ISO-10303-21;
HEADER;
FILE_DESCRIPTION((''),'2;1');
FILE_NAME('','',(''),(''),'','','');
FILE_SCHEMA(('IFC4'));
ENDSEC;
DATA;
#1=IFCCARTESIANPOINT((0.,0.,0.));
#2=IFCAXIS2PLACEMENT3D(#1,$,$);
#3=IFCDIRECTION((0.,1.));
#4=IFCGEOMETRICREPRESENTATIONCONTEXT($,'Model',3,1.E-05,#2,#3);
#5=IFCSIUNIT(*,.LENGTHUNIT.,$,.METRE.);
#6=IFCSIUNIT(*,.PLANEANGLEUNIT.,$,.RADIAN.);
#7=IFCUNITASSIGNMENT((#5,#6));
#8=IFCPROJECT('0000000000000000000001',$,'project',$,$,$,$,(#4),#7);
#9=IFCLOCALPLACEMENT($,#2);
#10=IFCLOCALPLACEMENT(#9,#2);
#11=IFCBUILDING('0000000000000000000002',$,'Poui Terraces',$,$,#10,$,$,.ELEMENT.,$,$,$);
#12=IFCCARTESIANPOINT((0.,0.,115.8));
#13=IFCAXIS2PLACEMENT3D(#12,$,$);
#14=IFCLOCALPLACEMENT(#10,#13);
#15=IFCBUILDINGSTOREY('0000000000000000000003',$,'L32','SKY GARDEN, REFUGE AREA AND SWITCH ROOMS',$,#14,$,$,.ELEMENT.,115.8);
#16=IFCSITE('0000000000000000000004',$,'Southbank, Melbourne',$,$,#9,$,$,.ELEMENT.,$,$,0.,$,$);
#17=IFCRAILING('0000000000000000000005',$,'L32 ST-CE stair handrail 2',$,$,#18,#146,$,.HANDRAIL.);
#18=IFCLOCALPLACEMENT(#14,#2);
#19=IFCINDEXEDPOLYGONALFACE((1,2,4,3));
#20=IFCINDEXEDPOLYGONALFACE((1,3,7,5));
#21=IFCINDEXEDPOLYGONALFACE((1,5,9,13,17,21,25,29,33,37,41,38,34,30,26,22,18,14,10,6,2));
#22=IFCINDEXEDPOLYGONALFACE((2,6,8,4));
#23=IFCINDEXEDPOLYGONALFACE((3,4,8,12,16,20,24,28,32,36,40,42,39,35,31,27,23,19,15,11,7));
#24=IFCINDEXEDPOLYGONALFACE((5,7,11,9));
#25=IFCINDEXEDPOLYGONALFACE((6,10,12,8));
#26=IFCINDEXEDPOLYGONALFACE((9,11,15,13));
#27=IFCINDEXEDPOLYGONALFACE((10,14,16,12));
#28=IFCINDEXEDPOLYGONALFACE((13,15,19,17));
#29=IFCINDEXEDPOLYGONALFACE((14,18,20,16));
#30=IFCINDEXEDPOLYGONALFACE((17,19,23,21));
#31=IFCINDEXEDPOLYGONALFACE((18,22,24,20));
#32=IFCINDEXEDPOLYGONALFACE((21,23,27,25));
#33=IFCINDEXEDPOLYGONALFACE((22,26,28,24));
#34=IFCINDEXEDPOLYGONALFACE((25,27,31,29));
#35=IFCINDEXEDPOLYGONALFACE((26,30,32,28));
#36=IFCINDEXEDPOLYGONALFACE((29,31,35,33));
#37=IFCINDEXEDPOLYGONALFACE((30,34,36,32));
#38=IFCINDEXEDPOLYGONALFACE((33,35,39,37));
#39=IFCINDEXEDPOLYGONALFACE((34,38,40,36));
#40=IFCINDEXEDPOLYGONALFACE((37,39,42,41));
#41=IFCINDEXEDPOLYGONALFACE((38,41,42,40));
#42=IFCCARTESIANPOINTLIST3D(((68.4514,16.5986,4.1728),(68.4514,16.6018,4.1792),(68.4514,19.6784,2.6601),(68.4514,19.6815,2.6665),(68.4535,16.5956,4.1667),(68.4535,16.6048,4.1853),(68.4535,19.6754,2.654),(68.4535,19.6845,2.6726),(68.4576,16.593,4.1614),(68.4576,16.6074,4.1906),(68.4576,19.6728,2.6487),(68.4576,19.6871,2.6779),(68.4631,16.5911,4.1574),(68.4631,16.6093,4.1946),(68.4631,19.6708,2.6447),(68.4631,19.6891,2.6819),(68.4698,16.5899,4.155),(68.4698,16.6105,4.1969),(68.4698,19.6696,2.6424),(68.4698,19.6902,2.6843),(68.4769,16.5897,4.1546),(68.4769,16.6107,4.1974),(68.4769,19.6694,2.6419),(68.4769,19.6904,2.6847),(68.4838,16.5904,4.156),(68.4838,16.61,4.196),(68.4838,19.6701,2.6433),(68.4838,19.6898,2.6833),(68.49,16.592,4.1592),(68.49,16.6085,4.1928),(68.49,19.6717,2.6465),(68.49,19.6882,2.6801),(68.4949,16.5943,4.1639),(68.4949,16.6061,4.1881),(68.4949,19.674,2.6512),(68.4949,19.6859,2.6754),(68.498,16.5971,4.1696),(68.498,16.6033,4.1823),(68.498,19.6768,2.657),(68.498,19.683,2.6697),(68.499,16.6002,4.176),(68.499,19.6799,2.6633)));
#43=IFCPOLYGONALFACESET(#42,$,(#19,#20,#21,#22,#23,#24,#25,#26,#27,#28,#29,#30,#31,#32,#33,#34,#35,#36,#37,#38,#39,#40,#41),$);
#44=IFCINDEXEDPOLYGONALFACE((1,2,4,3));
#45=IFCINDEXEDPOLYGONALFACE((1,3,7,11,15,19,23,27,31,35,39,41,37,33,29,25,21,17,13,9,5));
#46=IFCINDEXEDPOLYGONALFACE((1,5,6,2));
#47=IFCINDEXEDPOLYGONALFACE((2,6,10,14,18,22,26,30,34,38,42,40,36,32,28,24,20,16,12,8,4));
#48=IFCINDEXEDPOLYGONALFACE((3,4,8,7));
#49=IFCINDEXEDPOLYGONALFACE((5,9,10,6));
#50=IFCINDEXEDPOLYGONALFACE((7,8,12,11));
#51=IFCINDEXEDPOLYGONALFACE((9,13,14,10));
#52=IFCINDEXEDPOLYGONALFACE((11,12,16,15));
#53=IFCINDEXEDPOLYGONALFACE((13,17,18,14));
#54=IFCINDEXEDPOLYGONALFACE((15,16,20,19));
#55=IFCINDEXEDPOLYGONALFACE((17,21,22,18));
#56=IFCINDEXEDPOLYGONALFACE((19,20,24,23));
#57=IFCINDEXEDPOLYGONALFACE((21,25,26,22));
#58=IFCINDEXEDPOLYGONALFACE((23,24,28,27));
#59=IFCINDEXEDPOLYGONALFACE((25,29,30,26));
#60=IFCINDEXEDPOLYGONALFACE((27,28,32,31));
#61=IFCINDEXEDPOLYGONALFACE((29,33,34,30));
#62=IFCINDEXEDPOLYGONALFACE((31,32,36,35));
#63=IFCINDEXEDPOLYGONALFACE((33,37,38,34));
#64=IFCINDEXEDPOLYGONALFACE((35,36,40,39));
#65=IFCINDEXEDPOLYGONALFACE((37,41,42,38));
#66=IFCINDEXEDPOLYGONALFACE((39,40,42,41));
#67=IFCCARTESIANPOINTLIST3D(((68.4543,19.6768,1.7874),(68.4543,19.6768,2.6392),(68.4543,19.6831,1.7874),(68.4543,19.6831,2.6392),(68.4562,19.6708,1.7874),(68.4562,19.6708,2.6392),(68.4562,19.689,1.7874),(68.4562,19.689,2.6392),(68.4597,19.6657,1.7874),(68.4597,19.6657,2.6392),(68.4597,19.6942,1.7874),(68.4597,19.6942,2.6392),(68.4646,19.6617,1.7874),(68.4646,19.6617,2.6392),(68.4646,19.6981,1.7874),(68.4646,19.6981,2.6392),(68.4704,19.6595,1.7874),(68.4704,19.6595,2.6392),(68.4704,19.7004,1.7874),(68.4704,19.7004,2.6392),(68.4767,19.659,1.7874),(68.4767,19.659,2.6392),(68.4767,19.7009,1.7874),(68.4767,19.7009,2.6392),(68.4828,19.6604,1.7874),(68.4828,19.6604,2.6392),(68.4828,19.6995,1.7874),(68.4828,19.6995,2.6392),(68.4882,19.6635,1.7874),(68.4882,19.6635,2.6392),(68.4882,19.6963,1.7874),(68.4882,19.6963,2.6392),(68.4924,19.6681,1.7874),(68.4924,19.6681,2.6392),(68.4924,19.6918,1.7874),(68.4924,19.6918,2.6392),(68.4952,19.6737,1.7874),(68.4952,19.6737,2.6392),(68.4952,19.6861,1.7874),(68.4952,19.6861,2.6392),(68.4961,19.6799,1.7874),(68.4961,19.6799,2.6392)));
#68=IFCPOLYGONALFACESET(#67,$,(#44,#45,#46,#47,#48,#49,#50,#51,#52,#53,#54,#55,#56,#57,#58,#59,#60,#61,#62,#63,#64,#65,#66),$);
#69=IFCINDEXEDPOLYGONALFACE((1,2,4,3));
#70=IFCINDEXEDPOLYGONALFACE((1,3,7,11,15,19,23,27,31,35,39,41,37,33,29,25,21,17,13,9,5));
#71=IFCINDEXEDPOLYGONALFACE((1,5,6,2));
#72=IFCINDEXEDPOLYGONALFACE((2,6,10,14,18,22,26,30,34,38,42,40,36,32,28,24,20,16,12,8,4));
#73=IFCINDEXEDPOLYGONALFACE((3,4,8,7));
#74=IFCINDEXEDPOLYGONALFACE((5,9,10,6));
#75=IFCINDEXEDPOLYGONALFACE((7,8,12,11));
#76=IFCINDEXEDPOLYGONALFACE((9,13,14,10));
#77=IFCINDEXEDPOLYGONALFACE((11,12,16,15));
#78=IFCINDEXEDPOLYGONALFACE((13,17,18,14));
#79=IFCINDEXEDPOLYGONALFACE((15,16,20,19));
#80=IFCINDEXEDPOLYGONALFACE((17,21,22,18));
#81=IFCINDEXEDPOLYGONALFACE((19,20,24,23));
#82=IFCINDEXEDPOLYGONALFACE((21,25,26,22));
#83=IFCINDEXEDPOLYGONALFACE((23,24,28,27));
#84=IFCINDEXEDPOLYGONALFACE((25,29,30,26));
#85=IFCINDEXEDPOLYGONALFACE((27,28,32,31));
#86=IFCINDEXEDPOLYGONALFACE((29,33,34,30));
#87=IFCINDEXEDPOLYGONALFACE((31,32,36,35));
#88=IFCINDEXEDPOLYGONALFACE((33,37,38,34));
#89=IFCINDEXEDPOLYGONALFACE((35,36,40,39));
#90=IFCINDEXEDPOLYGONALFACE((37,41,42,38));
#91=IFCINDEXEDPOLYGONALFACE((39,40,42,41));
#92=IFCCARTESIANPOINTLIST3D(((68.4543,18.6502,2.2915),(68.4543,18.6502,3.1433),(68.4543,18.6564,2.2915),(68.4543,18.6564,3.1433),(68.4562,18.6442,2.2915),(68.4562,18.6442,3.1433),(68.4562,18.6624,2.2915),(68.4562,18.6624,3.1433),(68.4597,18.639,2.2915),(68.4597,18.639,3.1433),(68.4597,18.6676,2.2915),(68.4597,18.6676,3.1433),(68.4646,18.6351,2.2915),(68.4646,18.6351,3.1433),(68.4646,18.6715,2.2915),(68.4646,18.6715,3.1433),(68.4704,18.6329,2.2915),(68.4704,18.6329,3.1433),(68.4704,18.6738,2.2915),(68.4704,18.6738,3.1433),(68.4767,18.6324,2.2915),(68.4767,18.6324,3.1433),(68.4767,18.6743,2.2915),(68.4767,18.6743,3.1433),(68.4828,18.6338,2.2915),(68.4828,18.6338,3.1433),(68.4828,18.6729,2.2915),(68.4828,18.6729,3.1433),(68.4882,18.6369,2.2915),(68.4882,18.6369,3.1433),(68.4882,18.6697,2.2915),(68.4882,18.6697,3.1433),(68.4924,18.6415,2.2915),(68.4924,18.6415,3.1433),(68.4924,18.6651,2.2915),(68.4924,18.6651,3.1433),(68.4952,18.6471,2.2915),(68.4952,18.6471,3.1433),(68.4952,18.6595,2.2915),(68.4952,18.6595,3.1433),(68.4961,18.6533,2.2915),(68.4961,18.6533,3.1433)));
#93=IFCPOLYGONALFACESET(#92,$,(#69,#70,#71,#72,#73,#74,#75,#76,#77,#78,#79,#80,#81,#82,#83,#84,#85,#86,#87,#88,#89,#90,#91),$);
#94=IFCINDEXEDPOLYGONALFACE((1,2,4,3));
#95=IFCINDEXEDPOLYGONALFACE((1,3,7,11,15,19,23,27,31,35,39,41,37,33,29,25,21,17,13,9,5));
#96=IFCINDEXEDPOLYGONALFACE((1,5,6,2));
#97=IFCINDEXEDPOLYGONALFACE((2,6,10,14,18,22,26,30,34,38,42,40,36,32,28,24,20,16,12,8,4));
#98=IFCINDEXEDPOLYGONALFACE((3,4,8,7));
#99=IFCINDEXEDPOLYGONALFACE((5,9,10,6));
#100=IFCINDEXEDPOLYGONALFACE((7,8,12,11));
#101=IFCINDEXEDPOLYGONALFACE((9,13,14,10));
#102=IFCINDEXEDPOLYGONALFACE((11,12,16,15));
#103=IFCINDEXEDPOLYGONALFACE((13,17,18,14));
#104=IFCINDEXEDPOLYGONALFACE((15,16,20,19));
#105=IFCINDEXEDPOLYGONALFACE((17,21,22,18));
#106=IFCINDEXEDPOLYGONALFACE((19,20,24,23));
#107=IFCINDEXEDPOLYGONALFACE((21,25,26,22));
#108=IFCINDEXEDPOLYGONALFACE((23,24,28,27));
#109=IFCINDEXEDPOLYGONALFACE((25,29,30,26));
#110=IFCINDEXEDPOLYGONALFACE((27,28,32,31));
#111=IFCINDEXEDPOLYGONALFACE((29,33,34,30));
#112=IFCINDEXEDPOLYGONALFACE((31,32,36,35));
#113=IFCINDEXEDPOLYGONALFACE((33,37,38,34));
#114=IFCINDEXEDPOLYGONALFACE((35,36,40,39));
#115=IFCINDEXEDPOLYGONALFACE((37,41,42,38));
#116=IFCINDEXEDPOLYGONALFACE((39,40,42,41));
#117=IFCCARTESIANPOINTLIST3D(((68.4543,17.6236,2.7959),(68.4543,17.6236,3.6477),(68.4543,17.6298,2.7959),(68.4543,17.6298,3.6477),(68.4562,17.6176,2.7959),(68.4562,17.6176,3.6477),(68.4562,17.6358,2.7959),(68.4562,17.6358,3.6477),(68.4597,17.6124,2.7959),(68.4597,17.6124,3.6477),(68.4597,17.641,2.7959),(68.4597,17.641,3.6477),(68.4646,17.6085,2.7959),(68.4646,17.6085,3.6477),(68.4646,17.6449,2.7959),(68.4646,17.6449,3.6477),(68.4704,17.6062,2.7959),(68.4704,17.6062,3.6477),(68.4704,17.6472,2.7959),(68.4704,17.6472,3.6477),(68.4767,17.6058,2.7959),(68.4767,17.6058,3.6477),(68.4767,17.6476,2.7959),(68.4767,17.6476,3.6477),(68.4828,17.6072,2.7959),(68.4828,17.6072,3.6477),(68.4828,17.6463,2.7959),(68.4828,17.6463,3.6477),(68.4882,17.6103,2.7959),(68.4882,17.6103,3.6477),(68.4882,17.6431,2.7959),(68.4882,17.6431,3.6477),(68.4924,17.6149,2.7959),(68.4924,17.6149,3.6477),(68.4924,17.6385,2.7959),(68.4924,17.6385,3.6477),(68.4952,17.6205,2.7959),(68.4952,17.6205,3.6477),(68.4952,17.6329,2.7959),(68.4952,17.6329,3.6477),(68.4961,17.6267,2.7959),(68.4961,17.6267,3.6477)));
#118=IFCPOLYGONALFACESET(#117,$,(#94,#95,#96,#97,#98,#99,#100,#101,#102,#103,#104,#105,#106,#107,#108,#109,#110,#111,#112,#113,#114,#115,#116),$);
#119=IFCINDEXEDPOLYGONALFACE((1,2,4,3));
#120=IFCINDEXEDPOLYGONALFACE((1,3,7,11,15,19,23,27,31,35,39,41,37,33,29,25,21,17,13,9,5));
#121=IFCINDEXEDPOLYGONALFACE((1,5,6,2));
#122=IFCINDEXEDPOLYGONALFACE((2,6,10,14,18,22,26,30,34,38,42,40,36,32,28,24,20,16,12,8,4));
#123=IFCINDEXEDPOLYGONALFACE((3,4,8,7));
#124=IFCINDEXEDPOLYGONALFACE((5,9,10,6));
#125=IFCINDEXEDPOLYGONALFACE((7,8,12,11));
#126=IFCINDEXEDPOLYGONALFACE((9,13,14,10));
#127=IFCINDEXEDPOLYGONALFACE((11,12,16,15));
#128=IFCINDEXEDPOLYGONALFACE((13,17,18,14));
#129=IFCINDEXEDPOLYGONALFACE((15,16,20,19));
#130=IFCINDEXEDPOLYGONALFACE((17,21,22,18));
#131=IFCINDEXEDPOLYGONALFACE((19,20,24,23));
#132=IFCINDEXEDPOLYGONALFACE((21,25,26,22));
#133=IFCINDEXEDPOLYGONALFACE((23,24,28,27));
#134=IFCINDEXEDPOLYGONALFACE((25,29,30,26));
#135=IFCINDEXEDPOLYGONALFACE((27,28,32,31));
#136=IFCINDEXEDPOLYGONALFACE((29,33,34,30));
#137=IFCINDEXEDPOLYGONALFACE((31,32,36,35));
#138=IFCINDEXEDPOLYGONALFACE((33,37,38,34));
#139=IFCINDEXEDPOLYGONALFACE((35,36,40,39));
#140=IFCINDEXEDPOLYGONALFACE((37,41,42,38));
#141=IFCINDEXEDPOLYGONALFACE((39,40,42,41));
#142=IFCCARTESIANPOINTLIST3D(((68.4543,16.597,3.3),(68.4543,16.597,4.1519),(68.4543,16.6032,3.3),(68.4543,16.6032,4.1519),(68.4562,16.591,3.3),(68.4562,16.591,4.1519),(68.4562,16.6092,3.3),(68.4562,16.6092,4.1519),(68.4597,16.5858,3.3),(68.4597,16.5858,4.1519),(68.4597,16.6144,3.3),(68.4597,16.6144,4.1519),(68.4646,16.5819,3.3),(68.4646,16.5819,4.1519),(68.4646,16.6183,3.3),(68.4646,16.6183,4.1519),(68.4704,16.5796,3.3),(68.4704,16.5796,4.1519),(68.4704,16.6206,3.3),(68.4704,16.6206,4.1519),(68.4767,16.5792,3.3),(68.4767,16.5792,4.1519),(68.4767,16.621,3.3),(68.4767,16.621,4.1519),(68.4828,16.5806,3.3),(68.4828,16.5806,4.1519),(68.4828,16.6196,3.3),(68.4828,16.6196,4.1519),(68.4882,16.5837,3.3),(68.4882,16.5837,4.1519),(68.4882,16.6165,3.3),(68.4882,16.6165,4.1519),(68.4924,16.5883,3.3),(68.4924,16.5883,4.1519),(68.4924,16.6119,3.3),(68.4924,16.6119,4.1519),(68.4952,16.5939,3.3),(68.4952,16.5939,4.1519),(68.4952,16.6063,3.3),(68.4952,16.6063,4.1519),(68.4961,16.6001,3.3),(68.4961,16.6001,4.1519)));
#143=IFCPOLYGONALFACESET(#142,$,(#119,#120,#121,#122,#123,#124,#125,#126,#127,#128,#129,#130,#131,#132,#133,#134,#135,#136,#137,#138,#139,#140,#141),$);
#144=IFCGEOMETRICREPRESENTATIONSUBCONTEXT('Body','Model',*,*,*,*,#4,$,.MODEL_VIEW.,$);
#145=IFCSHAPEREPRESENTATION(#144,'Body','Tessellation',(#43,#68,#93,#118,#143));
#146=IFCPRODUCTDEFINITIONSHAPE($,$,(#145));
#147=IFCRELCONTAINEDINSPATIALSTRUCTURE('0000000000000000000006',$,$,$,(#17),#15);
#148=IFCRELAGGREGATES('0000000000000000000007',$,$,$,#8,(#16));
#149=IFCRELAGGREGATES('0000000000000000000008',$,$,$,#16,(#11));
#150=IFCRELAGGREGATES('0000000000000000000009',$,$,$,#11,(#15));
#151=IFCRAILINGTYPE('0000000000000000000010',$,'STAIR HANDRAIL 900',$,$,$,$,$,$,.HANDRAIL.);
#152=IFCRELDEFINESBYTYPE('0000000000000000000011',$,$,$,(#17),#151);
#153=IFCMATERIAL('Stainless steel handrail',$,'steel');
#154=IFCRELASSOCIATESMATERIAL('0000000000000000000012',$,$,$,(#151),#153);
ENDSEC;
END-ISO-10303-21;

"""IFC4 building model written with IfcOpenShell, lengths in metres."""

from ifc_helpers import new_model, si_unit, direction, frame, origin, origin_2d, place, context, subcontext, project, spatial, circle, extrude, material, type_object, element, save


model = new_model("IFC4")

# Units and contexts
model_context = context("Model", 3, precision=1e-05, world=origin(), true_north=direction((0.0, 1.0)))
body_context = subcontext(model_context, "Body", "Model", "MODEL_VIEW")
ifc_project = project(units=[si_unit("LENGTHUNIT", "METRE"), si_unit("PLANEANGLEUNIT", "RADIAN")], contexts=[model_context])

# Site, building, storey
site_placement = place(None, origin())
site = spatial("IfcSite", under=ifc_project, at=site_placement, Name="Southbank, Melbourne", CompositionType="ELEMENT", RefElevation=0.0)
building_placement = place(site_placement, origin())
building = spatial("IfcBuilding", under=site, at=building_placement, Name="Poui Terraces", CompositionType="ELEMENT")
storey_placement = place(building_placement, frame((0.0, 0.0, 115.8)))
storey = spatial("IfcBuildingStorey", under=building, at=storey_placement, Name="L32", Description="SKY GARDEN, REFUGE AREA AND SWITCH ROOMS", CompositionType="ELEMENT", Elevation=115.8)

# Railing
ifc_material_1 = material(Name="Stainless steel handrail", Category="steel")
railing_type_1 = type_object("IfcRailingType", Name="STAIR HANDRAIL 900", PredefinedType="HANDRAIL", material=ifc_material_1)
railing_1_placement = place(storey_placement, frame((68.4751, 19.6799, 1.7874)))
element("IfcRailing", 1, at=railing_1_placement, inside=storey, type_object=railing_type_1, Name="L32 ST-CE stair handrail 2", PredefinedType="HANDRAIL", context=body_context, shape_type="SweptSolid", body=[
    extrude(circle(Radius=0.0239, at=origin_2d()), frame((0.0, 0.0, 0.876), z_axis=(0.0, -0.897578, 0.440856), x_axis=(1.0, 0.0, 0.0)), (0.0, 0.0, 1.0), 3.4312),
    extrude(circle(Radius=0.021, at=origin_2d()), origin(), (0.0, 0.0, 1.0), 0.8518),
    extrude(circle(Radius=0.021, at=origin_2d()), frame((0.0, -1.0266, 0.5042)), (0.0, 0.0, 1.0), 0.8518),
    extrude(circle(Radius=0.021, at=origin_2d()), frame((0.0, -2.0532, 1.0085)), (0.0, 0.0, 1.0), 0.8518),
    extrude(circle(Radius=0.021, at=origin_2d()), frame((0.0, -3.0798, 1.5127)), (0.0, 0.0, 1.0), 0.8518),
])

save(model, "model.ifc")
